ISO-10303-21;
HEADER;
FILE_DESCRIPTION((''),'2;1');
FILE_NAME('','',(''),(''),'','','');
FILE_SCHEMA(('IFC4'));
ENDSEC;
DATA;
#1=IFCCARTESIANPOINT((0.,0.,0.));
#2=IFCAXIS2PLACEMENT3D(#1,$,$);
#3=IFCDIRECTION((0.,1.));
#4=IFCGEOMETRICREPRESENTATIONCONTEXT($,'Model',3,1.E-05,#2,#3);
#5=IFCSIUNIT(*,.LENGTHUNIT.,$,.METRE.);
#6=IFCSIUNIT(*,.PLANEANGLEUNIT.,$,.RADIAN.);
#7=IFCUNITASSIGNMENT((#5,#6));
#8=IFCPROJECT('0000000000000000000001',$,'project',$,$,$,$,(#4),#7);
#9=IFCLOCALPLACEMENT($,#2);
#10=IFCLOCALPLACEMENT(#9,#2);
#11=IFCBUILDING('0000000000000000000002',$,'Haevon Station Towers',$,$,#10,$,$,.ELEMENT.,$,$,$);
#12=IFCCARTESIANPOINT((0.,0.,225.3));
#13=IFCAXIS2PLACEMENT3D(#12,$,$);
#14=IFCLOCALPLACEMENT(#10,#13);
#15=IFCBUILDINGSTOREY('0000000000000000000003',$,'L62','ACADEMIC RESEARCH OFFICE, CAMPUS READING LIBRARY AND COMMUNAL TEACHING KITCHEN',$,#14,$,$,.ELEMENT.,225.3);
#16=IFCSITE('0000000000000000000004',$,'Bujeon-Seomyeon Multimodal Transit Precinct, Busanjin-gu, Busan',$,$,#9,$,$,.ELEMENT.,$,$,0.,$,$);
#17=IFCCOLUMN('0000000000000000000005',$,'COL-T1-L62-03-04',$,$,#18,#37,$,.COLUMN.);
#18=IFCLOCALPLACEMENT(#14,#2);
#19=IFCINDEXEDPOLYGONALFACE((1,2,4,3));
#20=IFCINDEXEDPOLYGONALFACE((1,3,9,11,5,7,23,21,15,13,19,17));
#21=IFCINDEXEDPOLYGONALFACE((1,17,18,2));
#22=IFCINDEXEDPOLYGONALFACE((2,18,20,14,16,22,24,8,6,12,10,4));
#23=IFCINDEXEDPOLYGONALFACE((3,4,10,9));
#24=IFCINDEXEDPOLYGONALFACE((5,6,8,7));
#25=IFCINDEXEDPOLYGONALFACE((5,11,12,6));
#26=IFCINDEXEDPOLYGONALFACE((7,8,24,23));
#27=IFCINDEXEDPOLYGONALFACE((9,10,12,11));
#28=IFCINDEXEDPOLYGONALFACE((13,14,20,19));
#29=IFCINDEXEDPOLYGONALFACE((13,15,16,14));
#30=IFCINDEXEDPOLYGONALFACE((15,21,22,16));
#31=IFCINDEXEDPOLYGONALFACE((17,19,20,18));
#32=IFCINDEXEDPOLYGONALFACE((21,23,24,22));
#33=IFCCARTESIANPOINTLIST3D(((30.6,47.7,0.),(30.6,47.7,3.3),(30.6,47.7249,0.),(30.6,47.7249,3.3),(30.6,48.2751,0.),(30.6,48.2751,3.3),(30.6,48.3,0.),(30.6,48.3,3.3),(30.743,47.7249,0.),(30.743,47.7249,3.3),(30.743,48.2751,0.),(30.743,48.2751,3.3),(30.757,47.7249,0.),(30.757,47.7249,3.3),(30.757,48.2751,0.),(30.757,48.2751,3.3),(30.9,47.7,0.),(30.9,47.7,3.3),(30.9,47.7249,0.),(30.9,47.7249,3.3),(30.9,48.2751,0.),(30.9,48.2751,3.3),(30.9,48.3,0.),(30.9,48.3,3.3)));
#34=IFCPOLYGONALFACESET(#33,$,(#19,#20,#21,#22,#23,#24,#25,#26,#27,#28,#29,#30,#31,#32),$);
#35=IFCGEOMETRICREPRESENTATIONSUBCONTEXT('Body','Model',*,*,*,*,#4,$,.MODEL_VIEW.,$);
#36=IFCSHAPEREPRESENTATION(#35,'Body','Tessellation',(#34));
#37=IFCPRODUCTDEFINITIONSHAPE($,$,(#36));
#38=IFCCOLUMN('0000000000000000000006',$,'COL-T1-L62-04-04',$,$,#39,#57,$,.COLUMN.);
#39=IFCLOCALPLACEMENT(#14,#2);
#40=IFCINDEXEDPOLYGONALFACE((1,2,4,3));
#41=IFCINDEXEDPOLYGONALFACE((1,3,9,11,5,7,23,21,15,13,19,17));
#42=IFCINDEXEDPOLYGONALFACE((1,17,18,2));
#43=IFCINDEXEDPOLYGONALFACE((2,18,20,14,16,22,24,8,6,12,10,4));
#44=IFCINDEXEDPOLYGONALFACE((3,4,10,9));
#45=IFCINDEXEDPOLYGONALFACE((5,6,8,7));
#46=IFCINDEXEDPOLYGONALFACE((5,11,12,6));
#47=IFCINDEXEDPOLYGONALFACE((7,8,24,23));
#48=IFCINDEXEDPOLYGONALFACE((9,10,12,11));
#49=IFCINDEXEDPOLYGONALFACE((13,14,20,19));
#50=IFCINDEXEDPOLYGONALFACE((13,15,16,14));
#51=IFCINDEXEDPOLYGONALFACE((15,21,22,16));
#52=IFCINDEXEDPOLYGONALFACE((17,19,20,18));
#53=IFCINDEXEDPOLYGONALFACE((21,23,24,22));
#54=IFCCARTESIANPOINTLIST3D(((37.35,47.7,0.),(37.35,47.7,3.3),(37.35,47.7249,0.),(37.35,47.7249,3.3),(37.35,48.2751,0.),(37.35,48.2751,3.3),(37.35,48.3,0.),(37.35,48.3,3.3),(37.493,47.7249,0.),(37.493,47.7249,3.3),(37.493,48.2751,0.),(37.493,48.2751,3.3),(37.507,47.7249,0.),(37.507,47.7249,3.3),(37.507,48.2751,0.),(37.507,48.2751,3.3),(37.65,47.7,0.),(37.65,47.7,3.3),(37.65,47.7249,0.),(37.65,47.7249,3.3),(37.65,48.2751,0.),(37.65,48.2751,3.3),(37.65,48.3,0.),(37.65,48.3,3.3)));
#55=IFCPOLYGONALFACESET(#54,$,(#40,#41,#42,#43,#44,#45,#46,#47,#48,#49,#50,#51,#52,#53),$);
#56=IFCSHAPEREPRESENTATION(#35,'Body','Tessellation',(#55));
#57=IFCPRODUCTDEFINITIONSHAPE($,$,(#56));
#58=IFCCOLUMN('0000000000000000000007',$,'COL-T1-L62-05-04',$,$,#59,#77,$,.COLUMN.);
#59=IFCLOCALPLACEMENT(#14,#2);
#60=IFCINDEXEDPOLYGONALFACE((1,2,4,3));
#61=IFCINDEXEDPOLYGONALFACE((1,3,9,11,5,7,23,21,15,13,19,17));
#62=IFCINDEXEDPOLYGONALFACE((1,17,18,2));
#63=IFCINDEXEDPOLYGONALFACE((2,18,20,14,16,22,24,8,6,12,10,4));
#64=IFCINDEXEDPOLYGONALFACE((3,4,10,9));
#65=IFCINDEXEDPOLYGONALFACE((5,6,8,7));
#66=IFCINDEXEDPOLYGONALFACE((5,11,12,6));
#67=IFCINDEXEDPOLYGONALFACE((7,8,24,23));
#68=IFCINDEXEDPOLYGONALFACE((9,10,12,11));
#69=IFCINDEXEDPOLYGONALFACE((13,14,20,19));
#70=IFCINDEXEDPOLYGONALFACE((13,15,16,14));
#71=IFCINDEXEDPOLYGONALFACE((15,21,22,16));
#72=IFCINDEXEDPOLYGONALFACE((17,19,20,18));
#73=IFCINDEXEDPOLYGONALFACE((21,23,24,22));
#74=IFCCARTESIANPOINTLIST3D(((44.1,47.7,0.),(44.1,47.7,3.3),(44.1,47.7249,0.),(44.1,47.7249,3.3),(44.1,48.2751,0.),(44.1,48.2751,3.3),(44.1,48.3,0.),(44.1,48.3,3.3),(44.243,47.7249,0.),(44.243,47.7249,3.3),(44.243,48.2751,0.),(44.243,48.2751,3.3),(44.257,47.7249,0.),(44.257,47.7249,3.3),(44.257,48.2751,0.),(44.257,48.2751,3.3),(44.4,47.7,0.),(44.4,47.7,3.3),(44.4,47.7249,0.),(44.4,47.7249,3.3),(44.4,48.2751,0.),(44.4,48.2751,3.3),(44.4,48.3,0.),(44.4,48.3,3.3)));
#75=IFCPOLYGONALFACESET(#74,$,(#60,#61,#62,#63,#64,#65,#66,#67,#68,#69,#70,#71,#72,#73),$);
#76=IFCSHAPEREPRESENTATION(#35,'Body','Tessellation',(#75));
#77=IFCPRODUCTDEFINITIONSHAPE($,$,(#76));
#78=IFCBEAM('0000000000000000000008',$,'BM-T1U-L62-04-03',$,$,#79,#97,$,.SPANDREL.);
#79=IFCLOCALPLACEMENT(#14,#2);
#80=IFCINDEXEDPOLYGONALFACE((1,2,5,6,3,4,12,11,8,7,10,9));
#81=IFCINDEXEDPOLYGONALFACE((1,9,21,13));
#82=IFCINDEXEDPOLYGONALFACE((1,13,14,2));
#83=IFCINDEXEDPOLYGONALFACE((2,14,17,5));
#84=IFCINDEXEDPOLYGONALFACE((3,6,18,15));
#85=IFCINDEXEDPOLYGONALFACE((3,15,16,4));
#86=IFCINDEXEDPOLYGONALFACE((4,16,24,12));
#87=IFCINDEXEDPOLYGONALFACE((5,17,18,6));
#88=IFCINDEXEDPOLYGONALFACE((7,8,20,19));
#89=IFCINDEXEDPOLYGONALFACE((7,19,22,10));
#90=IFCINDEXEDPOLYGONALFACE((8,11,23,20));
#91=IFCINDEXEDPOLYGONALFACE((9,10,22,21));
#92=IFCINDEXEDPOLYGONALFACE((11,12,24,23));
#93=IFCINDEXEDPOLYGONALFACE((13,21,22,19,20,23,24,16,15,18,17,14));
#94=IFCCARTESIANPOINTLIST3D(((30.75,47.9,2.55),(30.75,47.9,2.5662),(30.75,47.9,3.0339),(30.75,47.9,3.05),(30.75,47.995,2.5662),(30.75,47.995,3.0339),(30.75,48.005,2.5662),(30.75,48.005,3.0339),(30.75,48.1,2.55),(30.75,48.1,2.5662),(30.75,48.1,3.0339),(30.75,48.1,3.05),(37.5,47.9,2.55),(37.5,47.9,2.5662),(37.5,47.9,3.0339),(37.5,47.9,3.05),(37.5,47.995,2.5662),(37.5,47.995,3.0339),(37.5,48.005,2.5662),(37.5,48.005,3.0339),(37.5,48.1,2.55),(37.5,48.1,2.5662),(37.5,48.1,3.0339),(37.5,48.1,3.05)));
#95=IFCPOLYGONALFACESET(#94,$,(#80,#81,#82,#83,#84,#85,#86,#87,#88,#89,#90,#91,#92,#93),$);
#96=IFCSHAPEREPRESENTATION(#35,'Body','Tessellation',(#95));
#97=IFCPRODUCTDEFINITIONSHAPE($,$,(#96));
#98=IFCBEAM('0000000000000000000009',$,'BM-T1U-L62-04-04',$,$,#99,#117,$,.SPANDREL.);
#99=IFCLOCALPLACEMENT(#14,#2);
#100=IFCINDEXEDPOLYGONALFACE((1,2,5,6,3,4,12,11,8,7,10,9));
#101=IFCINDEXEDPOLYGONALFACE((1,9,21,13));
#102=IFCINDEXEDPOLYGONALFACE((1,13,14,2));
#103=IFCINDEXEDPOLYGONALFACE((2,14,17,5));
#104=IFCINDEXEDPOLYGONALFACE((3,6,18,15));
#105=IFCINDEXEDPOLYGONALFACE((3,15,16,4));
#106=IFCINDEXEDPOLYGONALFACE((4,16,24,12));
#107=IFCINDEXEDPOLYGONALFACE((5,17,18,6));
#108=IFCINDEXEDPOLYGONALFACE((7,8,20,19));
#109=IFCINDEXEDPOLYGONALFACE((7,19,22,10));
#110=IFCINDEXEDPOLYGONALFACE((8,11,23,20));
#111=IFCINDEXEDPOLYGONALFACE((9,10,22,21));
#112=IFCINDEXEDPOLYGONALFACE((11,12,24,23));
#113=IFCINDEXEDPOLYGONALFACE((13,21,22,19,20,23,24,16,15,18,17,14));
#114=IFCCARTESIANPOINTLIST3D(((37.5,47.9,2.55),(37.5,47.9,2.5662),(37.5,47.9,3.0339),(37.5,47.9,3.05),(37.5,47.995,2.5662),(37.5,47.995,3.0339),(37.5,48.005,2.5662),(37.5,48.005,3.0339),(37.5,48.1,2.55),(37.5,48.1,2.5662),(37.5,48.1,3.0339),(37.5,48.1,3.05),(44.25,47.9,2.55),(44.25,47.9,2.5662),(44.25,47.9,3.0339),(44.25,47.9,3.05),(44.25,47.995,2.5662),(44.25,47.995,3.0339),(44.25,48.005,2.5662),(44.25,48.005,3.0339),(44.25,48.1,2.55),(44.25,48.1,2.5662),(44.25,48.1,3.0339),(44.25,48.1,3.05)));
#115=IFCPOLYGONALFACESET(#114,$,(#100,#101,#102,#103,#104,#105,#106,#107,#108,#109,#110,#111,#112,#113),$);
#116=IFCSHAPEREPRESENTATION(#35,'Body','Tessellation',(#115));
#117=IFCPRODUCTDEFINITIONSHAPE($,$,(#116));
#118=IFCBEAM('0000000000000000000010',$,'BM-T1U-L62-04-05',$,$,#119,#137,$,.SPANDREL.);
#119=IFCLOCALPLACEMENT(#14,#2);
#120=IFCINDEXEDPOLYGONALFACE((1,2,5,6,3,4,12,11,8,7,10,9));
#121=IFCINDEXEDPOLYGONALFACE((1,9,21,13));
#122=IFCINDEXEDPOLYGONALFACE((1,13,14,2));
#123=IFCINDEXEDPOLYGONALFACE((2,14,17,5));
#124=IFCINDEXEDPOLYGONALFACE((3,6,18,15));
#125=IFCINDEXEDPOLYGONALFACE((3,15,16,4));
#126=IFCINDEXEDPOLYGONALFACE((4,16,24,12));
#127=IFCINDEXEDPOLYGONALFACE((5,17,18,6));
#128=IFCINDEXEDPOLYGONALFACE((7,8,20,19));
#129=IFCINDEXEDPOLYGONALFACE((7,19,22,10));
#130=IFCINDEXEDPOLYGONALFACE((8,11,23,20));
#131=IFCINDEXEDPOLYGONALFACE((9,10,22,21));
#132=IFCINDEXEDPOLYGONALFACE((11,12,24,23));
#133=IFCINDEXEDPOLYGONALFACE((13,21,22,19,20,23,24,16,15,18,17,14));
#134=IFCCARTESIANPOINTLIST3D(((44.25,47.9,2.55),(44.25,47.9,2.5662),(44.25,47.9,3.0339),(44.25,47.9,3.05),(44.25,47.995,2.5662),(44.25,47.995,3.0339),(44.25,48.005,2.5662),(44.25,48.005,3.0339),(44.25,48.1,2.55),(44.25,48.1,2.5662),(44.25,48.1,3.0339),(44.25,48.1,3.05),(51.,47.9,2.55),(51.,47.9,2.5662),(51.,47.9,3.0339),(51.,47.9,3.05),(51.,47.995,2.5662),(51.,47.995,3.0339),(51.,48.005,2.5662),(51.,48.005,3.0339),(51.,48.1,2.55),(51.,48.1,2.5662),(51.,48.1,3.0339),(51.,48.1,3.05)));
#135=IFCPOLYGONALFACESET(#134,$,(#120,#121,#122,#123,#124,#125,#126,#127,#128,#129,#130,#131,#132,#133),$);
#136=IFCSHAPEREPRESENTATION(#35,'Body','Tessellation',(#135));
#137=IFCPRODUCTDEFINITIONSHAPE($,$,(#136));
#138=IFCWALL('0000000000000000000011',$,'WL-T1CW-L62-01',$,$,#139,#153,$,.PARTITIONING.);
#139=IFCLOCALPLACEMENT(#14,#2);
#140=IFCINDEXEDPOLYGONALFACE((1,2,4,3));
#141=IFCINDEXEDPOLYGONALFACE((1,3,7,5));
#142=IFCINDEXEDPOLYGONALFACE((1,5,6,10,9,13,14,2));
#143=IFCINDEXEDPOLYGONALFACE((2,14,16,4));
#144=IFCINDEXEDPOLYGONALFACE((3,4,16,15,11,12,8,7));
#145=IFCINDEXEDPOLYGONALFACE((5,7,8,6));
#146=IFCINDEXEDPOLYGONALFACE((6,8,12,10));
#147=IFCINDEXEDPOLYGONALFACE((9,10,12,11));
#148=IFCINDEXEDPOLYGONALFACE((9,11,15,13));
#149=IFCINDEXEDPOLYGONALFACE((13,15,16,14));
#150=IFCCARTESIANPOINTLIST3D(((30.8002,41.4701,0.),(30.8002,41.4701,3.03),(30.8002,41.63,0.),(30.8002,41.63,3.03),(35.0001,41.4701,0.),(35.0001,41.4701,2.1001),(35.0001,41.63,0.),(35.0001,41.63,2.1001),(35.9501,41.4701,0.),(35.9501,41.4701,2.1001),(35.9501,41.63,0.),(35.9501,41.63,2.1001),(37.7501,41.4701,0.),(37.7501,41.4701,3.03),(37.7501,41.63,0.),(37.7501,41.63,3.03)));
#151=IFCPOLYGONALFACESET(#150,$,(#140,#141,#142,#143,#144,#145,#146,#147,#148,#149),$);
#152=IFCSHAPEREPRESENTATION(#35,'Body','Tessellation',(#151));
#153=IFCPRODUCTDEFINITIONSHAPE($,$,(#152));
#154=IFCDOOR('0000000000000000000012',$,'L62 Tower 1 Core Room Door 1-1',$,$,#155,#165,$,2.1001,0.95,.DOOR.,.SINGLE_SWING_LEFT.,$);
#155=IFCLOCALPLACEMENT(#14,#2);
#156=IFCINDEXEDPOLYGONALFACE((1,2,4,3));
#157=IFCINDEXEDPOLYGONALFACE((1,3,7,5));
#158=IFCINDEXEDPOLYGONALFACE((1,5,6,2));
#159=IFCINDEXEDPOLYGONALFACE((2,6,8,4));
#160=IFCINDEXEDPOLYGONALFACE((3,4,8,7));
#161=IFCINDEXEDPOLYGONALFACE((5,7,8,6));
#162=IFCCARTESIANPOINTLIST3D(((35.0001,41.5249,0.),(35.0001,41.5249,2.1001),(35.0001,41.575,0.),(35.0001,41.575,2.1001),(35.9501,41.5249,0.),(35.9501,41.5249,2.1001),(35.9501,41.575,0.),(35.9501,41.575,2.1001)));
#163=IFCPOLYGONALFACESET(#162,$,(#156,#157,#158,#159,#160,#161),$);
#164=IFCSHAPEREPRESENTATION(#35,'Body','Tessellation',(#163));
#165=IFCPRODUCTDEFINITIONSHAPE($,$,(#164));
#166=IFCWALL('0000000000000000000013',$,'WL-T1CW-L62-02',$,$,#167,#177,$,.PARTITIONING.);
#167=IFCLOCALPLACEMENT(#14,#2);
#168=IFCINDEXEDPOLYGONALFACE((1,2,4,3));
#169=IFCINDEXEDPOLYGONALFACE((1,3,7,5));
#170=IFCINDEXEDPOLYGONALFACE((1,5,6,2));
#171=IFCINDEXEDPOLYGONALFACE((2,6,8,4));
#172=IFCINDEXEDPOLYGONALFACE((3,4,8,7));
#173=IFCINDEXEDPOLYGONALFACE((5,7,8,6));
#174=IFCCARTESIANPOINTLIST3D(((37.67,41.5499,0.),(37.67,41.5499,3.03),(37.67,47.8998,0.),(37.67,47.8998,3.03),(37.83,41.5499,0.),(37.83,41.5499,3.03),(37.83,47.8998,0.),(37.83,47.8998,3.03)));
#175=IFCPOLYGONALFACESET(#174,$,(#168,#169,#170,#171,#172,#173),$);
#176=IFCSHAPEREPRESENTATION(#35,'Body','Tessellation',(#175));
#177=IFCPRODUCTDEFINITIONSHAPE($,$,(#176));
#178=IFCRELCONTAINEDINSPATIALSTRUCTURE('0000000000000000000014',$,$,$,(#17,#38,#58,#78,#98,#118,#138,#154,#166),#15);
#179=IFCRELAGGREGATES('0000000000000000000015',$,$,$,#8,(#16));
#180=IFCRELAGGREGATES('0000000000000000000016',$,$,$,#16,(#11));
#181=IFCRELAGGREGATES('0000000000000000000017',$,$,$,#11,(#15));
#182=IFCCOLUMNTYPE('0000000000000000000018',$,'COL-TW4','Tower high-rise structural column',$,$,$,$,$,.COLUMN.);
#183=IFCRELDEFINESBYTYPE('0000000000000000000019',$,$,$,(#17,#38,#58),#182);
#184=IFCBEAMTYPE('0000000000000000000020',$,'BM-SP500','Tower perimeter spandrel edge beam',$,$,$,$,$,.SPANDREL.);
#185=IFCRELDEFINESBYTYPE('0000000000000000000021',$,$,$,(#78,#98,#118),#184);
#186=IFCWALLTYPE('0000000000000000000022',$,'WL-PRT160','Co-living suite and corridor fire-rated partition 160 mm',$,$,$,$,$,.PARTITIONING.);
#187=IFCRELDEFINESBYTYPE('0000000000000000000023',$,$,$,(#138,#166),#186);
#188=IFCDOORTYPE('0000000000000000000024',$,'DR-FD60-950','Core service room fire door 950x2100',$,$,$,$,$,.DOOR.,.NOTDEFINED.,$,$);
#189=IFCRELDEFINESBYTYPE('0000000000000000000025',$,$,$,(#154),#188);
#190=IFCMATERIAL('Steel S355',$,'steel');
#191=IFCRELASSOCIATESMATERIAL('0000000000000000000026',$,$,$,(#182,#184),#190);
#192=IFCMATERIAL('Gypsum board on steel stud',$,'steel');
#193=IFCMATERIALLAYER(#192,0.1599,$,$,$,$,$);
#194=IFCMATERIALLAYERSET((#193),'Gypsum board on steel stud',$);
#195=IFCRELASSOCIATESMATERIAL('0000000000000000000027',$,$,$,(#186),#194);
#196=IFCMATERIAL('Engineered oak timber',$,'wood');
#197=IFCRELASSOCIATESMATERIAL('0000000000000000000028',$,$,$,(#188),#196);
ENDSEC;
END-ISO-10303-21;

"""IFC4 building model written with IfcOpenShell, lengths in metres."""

from ifc_helpers import new_model, si_unit, direction, frame, frame_2d, origin, origin_2d, place, context, subcontext, project, spatial, rectangle, i_section, extrude, material, layer, layer_set, material_profile, profile_set, type_object, element, fill, save


model = new_model("IFC4")

# Units and contexts
model_context = context("Model", 3, precision=1e-05, world=origin(), true_north=direction((0.0, 1.0)))
body_context = subcontext(model_context, "Body", "Model", "MODEL_VIEW")
ifc_project = project(units=[si_unit("LENGTHUNIT", "METRE"), si_unit("PLANEANGLEUNIT", "RADIAN")], contexts=[model_context])

# Site, building, storey
site_placement = place(None, origin())
site = spatial("IfcSite", under=ifc_project, at=site_placement, Name="Bujeon-Seomyeon Multimodal Transit Precinct, Busanjin-gu, Busan", CompositionType="ELEMENT", RefElevation=0.0)
building_placement = place(site_placement, origin())
building = spatial("IfcBuilding", under=site, at=building_placement, Name="Haevon Station Towers", CompositionType="ELEMENT")
storey_placement = place(building_placement, frame((0.0, 0.0, 225.3)))
storey = spatial("IfcBuildingStorey", under=building, at=storey_placement, Name="L62", Description="ACADEMIC RESEARCH OFFICE, CAMPUS READING LIBRARY AND COMMUNAL TEACHING KITCHEN", CompositionType="ELEMENT", Elevation=225.3)

# Columns
ifc_material_1 = material(Name="Steel S355", Category="steel")
ifc_material_profile_1 = material_profile(ifc_material_1, i_section(OverallWidth=0.3, OverallDepth=0.6001, WebThickness=0.0139, FlangeThickness=0.0249, at=origin_2d()), Name="H-600x300x14x25")
ifc_profile_set_1 = profile_set([ifc_material_profile_1], Name="Steel S355")
column_type = type_object("IfcColumnType", Name="COL-TW4", Description="Tower high-rise structural column", PredefinedType="COLUMN", material=ifc_profile_set_1)
for number, where, z_axis, x_axis, name in (
    (1, (30.75, 48.0, 0.0), (0.0, 0.0, 1.0), (1.0, 0.0, 0.0), "COL-T1-L62-03-04"),
    (2, (37.5, 48.0, 0.0), (0.0, 0.0, 1.0), (1.0, 0.0, 0.0), "COL-T1-L62-04-04"),
    (3, (44.25, 48.0, 0.0), (0.0, 0.0, 1.0), (1.0, 0.0, 0.0), "COL-T1-L62-05-04"),
):
    element("IfcColumn", number, at=place(storey_placement, frame(where, z_axis=z_axis, x_axis=x_axis)), inside=storey, type_object=column_type, Name=name, PredefinedType="COLUMN", context=body_context, shape_type="SweptSolid", body=[
        extrude(i_section(OverallWidth=0.3, OverallDepth=0.6001, WebThickness=0.0139, FlangeThickness=0.0249, at=origin_2d()), origin(), (0.0, 0.0, 1.0), 3.3),
    ])

# Beams
ifc_material_profile_2 = material_profile(ifc_material_1, i_section(OverallWidth=0.2, OverallDepth=0.5, WebThickness=0.01, FlangeThickness=0.0161, at=origin_2d()), Name="H-500x200x10x16")
ifc_profile_set_2 = profile_set([ifc_material_profile_2], Name="Steel S355")
beam_type = type_object("IfcBeamType", Name="BM-SP500", Description="Tower perimeter spandrel edge beam", PredefinedType="SPANDREL", material=ifc_profile_set_2)
for number, where, z_axis, x_axis, name in (
    (4, (30.75, 48.0, 2.8), (1.0, 0.0, 0.0), (0.0, 1.0, 0.0), "BM-T1U-L62-04-03"),
    (5, (37.5, 48.0, 2.8), (1.0, 0.0, 0.0), (0.0, 1.0, 0.0), "BM-T1U-L62-04-04"),
    (6, (44.25, 48.0, 2.8), (1.0, 0.0, 0.0), (0.0, 1.0, 0.0), "BM-T1U-L62-04-05"),
):
    element("IfcBeam", number, at=place(storey_placement, frame(where, z_axis=z_axis, x_axis=x_axis)), inside=storey, type_object=beam_type, Name=name, PredefinedType="SPANDREL", context=body_context, shape_type="SweptSolid", body=[
        extrude(i_section(OverallWidth=0.2, OverallDepth=0.5, WebThickness=0.01, FlangeThickness=0.0161, at=origin_2d()), origin(), (0.0, 0.0, 1.0), 6.75),
    ])

# Wall, opening, door
ifc_material_2 = material(Name="Gypsum board on steel stud", Category="steel")
ifc_layer_1 = layer(ifc_material_2, 0.1599)
ifc_layer_set_1 = layer_set([ifc_layer_1], Name="Gypsum board on steel stud")
wall_type_1 = type_object("IfcWallType", Name="WL-PRT160", Description="Co-living suite and corridor fire-rated partition 160 mm", PredefinedType="PARTITIONING", material=ifc_layer_set_1)
wall_1_placement = place(storey_placement, frame((30.8, 41.55, 0.0), z_axis=(0.0, 0.0, 1.0), x_axis=(1.0, 0.0, 0.0)))
wall_1 = element("IfcWall", 7, at=wall_1_placement, inside=storey, type_object=wall_type_1, Name="WL-T1CW-L62-01", PredefinedType="PARTITIONING", context=body_context, shape_type="SweptSolid", body=[
    extrude(rectangle(XDim=6.95, YDim=0.1599, at=frame_2d((3.4751, 0.0))), origin(), (0.0, 0.0, 1.0), 3.03),
])
opening_1_placement = place(wall_1_placement, frame((4.2, 0.0, 0.0)))
opening_1 = element("IfcOpeningElement", 8, at=opening_1_placement, cuts=wall_1, PredefinedType="OPENING", context=body_context, shape_type="SweptSolid", body=[
    extrude(rectangle(XDim=0.95, YDim=2.1001, at=frame_2d((0.4751, 1.05))), frame((0.0, 0.0898, 0.0), z_axis=(0.0, -1.0, 0.0), x_axis=(1.0, 0.0, 0.0)), (0.0, 0.0, 1.0), 0.1799),
])
ifc_material_3 = material(Name="Engineered oak timber", Category="wood")
door_type_1 = type_object("IfcDoorType", Name="DR-FD60-950", Description="Core service room fire door 950x2100", OperationType="NOTDEFINED", PredefinedType="DOOR", material=ifc_material_3)
door_1_placement = place(opening_1_placement, origin())
door_1 = element("IfcDoor", 9, at=door_1_placement, inside=storey, type_object=door_type_1, Name="L62 Tower 1 Core Room Door 1-1", OperationType="SINGLE_SWING_LEFT", OverallHeight=2.1001, OverallWidth=0.95, PredefinedType="DOOR", context=body_context, shape_type="SweptSolid", body=[
    extrude(rectangle(XDim=0.95, YDim=2.1001, at=frame_2d((0.4751, 1.05))), frame((0.0, 0.0249, 0.0), z_axis=(0.0, -1.0, 0.0), x_axis=(1.0, 0.0, 0.0)), (0.0, 0.0, 1.0), 0.05),
])
fill(opening_1, door_1)

# Wall
wall_2_placement = place(storey_placement, frame((37.75, 41.55, 0.0), z_axis=(0.0, 0.0, 1.0), x_axis=(0.0, 1.0, 0.0)))
element("IfcWall", 10, at=wall_2_placement, inside=storey, type_object=wall_type_1, Name="WL-T1CW-L62-02", PredefinedType="PARTITIONING", context=body_context, shape_type="SweptSolid", body=[
    extrude(rectangle(XDim=6.3499, YDim=0.1599, at=frame_2d((3.1748, 0.0))), origin(), (0.0, 0.0, 1.0), 3.03),
])

save(model, "model.ifc")
